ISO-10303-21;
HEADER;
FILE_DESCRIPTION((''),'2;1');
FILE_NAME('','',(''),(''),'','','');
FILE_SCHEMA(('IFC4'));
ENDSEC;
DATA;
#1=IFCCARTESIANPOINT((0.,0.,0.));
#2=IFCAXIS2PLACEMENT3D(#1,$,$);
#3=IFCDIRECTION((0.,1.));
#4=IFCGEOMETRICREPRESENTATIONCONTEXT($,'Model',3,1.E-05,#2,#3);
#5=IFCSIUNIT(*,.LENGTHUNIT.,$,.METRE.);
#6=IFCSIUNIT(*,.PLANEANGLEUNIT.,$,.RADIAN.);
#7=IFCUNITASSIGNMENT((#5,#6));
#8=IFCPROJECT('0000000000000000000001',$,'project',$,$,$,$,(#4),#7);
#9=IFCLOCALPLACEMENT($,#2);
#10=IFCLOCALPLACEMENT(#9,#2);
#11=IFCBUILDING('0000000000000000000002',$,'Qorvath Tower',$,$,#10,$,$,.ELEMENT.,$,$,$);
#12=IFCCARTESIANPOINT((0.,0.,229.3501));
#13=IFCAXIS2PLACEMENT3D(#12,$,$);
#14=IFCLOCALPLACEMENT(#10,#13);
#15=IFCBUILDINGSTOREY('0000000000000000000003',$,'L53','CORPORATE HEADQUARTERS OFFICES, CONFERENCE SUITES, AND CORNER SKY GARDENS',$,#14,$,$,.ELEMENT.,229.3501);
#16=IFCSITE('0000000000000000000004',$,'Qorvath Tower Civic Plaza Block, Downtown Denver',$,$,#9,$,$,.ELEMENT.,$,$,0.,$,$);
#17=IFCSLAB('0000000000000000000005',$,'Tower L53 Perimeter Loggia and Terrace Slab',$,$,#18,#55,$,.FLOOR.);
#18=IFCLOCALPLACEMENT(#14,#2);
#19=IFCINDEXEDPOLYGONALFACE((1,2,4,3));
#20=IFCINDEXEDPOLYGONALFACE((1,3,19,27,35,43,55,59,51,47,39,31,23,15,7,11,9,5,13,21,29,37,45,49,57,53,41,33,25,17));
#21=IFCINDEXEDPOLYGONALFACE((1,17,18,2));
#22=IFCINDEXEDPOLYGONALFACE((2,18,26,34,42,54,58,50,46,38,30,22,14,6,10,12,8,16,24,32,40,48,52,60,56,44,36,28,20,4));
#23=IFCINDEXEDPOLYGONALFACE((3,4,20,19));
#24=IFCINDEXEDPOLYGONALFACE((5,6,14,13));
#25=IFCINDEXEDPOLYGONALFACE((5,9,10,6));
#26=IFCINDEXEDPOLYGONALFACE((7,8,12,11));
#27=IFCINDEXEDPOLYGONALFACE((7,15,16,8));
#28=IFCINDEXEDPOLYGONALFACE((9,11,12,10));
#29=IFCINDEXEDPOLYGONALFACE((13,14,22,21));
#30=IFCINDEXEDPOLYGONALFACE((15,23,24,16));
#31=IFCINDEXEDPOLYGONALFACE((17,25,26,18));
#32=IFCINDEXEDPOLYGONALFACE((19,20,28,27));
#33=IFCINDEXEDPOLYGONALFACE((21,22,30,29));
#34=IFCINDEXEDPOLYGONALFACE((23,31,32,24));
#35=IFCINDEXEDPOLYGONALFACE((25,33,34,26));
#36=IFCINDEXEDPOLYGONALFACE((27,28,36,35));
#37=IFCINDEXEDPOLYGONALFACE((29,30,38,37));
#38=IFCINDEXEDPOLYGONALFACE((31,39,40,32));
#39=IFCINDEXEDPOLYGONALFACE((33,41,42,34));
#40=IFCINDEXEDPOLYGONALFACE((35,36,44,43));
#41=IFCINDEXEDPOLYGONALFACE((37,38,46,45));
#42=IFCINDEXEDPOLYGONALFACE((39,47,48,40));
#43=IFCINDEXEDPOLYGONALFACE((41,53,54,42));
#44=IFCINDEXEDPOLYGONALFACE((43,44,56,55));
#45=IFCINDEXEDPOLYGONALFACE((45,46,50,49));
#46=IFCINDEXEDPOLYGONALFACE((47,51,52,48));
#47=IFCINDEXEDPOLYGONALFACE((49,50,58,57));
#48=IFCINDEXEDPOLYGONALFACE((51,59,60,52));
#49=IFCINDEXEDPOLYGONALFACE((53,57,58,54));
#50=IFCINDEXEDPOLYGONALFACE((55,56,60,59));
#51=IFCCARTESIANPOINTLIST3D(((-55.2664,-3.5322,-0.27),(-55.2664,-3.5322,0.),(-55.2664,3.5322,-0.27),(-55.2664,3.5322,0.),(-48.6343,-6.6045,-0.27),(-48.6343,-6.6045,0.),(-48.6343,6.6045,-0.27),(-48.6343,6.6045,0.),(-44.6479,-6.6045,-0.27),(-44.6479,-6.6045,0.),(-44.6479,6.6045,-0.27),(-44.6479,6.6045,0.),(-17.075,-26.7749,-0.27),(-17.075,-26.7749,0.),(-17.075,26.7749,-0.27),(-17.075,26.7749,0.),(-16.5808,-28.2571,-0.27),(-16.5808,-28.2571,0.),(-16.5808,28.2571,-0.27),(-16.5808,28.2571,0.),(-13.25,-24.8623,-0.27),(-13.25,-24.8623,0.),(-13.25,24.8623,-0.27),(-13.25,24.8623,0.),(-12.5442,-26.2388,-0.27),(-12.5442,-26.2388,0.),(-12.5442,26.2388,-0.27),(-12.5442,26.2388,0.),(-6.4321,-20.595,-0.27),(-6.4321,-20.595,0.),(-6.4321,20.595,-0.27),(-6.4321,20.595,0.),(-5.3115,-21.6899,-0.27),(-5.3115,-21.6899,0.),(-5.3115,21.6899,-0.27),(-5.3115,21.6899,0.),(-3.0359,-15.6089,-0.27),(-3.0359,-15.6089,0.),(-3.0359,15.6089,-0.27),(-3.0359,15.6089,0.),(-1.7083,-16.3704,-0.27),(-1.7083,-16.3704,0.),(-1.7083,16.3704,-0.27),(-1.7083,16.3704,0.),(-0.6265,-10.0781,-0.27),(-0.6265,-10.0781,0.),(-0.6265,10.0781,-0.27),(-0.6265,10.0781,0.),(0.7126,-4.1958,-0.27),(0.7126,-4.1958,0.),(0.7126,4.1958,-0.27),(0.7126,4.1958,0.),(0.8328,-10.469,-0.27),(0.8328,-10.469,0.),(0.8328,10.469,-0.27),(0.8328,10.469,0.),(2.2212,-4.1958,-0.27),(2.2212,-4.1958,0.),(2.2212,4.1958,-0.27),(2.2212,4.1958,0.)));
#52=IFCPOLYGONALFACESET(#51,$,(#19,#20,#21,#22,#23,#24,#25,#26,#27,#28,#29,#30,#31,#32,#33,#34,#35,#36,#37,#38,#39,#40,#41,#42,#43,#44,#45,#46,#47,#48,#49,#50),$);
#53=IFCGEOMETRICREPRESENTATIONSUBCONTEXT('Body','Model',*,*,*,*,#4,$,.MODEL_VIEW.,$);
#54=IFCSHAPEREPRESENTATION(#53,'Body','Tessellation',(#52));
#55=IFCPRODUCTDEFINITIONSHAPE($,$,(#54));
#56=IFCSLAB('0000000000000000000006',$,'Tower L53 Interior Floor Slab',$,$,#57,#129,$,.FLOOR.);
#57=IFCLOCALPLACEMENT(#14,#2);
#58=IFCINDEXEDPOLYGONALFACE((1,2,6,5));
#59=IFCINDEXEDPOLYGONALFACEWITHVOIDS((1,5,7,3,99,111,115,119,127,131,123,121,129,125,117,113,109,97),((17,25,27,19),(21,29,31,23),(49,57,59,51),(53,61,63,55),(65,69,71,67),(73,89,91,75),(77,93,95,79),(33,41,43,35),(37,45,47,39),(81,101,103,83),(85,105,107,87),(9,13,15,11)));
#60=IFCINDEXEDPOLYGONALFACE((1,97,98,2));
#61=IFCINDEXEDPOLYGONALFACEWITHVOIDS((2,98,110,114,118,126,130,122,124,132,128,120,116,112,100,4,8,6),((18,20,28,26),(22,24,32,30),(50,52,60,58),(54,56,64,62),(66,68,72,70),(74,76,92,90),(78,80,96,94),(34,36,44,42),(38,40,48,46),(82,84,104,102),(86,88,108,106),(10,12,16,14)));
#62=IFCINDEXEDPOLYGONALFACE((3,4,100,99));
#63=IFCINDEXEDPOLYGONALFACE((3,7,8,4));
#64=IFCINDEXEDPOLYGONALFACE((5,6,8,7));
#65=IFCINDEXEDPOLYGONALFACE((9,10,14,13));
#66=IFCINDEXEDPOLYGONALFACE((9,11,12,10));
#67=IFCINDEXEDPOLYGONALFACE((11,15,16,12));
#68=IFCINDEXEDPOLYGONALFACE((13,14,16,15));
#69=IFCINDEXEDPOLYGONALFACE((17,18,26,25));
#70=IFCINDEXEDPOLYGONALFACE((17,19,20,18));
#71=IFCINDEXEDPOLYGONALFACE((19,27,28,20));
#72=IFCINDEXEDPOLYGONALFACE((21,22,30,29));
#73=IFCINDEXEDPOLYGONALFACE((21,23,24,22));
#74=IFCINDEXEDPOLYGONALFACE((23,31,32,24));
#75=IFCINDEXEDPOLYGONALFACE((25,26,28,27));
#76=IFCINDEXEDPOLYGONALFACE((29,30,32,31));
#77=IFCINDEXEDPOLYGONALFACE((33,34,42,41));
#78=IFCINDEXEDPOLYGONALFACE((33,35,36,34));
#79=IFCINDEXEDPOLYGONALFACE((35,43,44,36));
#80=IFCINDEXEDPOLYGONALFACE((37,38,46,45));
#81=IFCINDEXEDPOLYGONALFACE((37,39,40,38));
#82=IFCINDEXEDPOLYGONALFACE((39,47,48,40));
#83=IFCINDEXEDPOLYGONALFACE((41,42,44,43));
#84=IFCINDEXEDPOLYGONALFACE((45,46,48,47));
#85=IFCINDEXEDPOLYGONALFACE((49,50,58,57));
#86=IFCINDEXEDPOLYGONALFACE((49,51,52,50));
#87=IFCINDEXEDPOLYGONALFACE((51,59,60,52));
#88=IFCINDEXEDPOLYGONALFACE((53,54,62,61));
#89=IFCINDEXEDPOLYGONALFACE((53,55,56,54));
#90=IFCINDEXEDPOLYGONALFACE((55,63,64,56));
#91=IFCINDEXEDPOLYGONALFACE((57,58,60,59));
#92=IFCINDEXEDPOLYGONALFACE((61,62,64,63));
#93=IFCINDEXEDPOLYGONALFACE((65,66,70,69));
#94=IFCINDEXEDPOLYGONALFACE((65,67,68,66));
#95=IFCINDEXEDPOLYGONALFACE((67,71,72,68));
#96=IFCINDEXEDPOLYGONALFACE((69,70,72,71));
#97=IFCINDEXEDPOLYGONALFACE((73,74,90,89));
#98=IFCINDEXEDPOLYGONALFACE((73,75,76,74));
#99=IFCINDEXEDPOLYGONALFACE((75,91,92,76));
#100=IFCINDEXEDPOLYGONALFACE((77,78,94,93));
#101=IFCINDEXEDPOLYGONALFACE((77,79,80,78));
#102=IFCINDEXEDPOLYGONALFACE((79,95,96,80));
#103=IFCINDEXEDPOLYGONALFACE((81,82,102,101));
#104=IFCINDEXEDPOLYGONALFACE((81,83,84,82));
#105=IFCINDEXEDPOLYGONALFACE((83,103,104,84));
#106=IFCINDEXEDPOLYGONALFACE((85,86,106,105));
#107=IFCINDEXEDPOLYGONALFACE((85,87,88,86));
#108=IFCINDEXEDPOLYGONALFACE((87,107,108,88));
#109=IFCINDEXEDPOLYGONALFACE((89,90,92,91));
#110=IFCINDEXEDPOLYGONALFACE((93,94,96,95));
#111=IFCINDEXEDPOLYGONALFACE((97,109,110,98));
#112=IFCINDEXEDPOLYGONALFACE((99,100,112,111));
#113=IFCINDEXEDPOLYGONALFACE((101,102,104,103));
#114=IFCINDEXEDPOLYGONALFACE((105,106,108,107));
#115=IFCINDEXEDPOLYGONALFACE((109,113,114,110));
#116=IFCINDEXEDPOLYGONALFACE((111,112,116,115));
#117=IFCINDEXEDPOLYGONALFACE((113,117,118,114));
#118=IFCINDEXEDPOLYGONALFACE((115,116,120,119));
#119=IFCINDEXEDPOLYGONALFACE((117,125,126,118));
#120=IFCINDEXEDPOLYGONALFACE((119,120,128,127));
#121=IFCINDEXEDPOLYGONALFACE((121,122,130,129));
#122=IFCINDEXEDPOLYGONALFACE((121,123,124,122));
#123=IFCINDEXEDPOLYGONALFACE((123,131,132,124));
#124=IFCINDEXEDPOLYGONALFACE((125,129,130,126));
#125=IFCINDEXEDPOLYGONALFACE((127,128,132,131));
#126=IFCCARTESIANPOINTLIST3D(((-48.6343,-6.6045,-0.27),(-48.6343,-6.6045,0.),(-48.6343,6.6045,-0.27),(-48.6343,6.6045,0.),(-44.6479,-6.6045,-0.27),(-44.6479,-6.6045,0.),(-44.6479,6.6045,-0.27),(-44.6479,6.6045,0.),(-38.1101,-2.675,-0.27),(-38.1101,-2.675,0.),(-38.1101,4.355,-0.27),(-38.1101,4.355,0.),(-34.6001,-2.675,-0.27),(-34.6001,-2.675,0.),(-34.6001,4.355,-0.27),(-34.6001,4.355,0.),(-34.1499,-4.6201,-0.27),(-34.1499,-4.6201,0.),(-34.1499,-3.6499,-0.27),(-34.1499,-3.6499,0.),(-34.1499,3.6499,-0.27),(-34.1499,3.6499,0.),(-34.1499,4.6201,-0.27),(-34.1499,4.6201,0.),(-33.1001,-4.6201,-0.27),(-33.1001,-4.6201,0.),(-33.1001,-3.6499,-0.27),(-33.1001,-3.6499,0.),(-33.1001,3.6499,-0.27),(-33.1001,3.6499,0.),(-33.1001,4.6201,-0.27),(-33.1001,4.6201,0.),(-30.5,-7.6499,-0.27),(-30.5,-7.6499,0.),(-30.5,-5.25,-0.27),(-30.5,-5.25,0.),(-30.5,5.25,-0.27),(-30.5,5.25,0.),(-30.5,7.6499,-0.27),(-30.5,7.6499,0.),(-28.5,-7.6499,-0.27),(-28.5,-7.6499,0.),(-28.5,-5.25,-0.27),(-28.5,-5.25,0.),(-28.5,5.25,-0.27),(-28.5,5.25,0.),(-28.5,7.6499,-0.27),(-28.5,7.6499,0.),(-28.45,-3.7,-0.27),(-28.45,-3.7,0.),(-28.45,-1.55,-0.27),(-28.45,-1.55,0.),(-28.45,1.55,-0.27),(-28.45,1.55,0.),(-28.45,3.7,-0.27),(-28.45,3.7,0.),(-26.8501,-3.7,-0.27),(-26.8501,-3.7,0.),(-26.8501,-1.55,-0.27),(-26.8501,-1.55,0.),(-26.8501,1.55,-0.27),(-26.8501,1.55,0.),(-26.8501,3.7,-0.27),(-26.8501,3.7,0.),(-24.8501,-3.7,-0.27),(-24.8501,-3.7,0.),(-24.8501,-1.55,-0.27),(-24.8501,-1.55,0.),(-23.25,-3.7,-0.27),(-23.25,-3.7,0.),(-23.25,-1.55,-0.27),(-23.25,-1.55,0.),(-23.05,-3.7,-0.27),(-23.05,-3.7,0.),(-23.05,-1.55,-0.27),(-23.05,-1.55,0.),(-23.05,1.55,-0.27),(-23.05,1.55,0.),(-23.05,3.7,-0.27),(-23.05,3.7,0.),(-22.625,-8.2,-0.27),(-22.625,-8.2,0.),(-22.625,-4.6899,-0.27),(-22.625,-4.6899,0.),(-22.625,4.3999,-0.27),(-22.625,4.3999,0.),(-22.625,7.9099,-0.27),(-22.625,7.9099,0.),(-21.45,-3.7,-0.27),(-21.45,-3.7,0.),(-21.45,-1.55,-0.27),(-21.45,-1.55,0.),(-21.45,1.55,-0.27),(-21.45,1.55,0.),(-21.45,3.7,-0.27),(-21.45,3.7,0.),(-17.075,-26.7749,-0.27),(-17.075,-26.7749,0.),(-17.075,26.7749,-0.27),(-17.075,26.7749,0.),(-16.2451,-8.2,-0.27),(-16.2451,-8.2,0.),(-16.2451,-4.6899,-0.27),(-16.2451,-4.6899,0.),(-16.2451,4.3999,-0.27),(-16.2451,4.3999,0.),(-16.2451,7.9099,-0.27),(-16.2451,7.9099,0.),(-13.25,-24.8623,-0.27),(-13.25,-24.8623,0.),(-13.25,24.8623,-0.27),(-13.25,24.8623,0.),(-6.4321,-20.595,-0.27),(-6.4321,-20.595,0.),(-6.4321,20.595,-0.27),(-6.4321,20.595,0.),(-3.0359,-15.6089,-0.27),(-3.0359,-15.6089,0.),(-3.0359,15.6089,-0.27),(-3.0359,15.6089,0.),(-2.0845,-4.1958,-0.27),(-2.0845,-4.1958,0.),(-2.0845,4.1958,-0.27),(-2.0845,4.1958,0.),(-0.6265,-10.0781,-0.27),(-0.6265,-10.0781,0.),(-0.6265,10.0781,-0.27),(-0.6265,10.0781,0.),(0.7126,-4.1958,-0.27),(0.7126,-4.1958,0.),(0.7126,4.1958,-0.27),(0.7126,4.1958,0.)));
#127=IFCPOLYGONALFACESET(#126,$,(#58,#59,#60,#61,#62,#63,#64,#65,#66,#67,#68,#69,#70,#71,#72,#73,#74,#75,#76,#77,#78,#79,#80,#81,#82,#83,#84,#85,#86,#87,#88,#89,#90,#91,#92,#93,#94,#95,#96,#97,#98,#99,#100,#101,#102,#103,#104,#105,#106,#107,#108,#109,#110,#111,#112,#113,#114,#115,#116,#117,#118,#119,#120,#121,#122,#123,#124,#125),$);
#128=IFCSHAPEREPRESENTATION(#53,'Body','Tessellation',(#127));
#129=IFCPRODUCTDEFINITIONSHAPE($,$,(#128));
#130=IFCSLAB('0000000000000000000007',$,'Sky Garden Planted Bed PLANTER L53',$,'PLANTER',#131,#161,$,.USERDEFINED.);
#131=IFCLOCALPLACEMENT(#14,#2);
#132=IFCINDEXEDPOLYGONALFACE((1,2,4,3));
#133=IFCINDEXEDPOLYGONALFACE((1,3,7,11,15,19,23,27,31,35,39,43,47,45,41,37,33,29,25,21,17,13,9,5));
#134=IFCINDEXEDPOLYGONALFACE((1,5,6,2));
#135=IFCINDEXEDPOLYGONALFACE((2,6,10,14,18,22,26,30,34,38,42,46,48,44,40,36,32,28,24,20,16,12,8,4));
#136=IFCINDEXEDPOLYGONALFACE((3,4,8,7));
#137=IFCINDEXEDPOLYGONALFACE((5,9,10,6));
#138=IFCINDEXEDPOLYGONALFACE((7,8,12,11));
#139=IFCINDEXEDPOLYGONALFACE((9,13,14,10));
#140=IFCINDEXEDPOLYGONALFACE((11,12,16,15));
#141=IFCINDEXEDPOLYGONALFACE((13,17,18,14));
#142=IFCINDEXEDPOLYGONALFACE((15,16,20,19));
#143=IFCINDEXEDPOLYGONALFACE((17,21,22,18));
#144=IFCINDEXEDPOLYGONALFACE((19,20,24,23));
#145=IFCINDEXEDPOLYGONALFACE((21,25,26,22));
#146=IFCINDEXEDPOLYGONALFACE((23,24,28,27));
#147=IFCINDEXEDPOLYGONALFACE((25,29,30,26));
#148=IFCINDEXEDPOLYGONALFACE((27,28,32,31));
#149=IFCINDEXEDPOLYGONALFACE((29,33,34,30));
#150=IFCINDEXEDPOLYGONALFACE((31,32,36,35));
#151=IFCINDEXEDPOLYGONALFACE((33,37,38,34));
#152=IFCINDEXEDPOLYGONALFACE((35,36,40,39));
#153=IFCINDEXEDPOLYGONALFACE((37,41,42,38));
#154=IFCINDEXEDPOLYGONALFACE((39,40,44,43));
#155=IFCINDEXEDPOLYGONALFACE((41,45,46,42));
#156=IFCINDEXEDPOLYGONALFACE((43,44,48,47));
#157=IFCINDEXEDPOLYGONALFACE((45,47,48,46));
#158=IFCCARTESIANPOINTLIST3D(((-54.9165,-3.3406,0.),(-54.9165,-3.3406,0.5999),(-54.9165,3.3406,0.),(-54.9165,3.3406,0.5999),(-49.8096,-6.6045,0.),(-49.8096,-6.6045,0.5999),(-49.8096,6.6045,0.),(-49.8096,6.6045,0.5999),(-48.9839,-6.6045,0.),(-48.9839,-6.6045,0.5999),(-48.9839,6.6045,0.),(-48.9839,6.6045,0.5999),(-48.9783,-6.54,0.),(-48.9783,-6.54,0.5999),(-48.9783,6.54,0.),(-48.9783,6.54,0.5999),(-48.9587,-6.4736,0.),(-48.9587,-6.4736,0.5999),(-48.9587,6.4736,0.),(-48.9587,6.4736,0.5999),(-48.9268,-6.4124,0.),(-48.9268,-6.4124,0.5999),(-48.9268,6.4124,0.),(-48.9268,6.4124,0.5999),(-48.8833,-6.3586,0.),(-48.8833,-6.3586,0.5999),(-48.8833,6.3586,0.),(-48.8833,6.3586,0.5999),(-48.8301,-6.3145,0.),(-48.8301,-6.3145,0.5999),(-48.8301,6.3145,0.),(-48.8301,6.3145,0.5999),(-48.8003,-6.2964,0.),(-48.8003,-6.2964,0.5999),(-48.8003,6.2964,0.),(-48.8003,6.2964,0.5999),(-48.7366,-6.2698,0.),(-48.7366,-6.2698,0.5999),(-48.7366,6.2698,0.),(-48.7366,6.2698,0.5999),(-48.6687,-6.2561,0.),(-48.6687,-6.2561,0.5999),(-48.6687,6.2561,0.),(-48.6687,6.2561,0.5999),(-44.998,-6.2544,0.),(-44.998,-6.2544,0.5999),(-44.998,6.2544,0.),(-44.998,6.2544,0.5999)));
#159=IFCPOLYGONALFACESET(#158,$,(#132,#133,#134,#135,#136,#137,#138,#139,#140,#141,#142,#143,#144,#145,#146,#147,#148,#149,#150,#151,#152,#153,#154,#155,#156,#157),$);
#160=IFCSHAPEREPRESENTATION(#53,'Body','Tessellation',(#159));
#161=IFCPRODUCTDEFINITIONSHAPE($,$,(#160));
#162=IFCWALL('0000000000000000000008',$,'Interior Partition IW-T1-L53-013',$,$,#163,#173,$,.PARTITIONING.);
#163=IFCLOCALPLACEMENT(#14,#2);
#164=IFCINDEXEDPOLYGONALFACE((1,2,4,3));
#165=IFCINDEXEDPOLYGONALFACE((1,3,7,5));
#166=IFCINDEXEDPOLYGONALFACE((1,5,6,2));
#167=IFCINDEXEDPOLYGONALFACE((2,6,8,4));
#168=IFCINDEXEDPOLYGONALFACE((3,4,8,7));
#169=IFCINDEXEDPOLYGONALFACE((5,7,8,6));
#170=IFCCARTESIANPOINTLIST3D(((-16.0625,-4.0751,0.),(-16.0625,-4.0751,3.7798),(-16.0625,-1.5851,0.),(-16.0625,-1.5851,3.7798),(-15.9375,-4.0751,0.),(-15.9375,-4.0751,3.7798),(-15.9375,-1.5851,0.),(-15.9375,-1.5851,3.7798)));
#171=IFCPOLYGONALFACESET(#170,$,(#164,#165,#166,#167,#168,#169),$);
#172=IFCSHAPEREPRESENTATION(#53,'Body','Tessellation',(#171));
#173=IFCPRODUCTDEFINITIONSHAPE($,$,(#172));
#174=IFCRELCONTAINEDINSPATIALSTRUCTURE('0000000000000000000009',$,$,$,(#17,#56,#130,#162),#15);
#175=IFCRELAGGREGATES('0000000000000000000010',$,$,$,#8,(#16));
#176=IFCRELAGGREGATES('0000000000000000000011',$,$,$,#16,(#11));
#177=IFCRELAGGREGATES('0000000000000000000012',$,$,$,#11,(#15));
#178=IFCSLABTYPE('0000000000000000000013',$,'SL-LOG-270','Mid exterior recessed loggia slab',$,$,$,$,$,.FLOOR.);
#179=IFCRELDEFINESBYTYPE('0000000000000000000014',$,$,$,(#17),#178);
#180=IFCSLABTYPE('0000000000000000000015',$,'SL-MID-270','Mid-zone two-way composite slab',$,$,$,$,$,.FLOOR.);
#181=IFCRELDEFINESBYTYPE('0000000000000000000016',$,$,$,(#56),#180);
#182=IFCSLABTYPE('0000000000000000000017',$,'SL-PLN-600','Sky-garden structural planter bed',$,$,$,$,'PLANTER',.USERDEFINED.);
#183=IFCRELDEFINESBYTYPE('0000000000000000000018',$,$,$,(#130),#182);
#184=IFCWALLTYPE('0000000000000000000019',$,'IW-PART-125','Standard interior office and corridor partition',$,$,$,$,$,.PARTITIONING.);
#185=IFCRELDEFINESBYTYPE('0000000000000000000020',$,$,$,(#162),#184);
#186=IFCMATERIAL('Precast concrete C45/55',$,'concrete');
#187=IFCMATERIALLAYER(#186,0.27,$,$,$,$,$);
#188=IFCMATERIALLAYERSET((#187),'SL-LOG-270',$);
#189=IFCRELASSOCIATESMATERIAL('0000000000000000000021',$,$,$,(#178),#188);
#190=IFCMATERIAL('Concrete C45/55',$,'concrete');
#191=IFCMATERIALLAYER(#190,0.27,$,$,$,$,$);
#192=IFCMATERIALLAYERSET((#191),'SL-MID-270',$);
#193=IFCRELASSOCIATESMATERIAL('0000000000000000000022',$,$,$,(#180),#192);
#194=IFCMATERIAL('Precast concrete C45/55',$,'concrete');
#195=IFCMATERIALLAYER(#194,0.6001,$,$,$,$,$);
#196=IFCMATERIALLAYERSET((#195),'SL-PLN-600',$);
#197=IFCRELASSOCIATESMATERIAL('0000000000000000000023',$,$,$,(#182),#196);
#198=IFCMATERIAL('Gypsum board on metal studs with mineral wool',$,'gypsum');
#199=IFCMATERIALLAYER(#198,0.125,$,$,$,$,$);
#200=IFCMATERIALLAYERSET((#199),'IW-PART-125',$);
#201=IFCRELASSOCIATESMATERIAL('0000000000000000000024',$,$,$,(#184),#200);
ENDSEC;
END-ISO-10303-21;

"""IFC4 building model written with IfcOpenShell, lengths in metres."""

from ifc_helpers import new_model, si_unit, direction, frame, frame_2d, origin, place, context, subcontext, project, spatial, polyline, rectangle, outline, extrude, material, layer, layer_set, type_object, element, save


model = new_model("IFC4")

# Units and contexts
model_context = context("Model", 3, precision=1e-05, world=origin(), true_north=direction((0.0, 1.0)))
body_context = subcontext(model_context, "Body", "Model", "MODEL_VIEW")
ifc_project = project(units=[si_unit("LENGTHUNIT", "METRE"), si_unit("PLANEANGLEUNIT", "RADIAN")], contexts=[model_context])

# Site, building, storey
site_placement = place(None, origin())
site = spatial("IfcSite", under=ifc_project, at=site_placement, Name="Qorvath Tower Civic Plaza Block, Downtown Denver", CompositionType="ELEMENT", RefElevation=0.0)
building_placement = place(site_placement, origin())
building = spatial("IfcBuilding", under=site, at=building_placement, Name="Qorvath Tower", CompositionType="ELEMENT")
storey_placement = place(building_placement, frame((0.0, 0.0, 229.3501)))
storey = spatial("IfcBuildingStorey", under=building, at=storey_placement, Name="L53", Description="CORPORATE HEADQUARTERS OFFICES, CONFERENCE SUITES, AND CORNER SKY GARDENS", CompositionType="ELEMENT", Elevation=229.3501)

# Slabs
ifc_material_1 = material(Name="Precast concrete C45/55", Category="concrete")
ifc_layer_1 = layer(ifc_material_1, 0.27)
ifc_layer_set_1 = layer_set([ifc_layer_1], Name="SL-LOG-270")
slab_type_1 = type_object("IfcSlabType", Name="SL-LOG-270", Description="Mid exterior recessed loggia slab", PredefinedType="FLOOR", material=ifc_layer_set_1)
slab_1_placement = place(storey_placement, frame((0.0, 0.0, -0.27)))
element("IfcSlab", 1, at=slab_1_placement, inside=storey, type_object=slab_type_1, Name="Tower L53 Perimeter Loggia and Terrace Slab", PredefinedType="FLOOR", context=body_context, shape_type="SweptSolid", body=[
    extrude(outline(polyline([(0.7126, -4.1958), (-0.6265, -10.0781), (-3.0359, -15.6089), (-6.4321, -20.595), (-13.25, -24.8623), (-17.075, -26.7749), (-48.6343, -6.6045), (-44.6479, -6.6045), (-44.6479, 6.6045), (-48.6343, 6.6045), (-17.075, 26.7749), (-13.25, 24.8623), (-6.4321, 20.595), (-3.0359, 15.6089), (-0.6265, 10.0781), (0.7126, 4.1958), (2.2212, 4.1958), (0.8328, 10.469), (-1.7083, 16.3704), (-5.3115, 21.6899), (-12.5442, 26.2388), (-16.5808, 28.2571), (-55.2664, 3.5322), (-55.2664, -3.5322), (-16.5808, -28.2571), (-12.5442, -26.2388), (-5.3115, -21.6899), (-1.7083, -16.3704), (0.8328, -10.469), (2.2212, -4.1958), (0.7126, -4.1958)])), origin(), (0.0, 0.0, 1.0), 0.27),
])
ifc_material_2 = material(Name="Concrete C45/55", Category="concrete")
ifc_layer_2 = layer(ifc_material_2, 0.27)
ifc_layer_set_2 = layer_set([ifc_layer_2], Name="SL-MID-270")
slab_type_2 = type_object("IfcSlabType", Name="SL-MID-270", Description="Mid-zone two-way composite slab", PredefinedType="FLOOR", material=ifc_layer_set_2)
slab_2_placement = place(storey_placement, frame((0.0, 0.0, -0.27)))
element("IfcSlab", 2, at=slab_2_placement, inside=storey, type_object=slab_type_2, Name="Tower L53 Interior Floor Slab", PredefinedType="FLOOR", context=body_context, shape_type="SweptSolid", body=[
    extrude(outline(polyline([(-17.075, 26.7749), (-48.6343, 6.6045), (-44.6479, 6.6045), (-44.6479, -6.6045), (-48.6343, -6.6045), (-17.075, -26.7749), (-13.25, -24.8623), (-6.4321, -20.595), (-3.0359, -15.6089), (-0.6265, -10.0781), (0.7126, -4.1958), (-2.0845, -4.1958), (-2.0845, 4.1958), (0.7126, 4.1958), (-0.6265, 10.0781), (-3.0359, 15.6089), (-6.4321, 20.595), (-13.25, 24.8623), (-17.075, 26.7749)]), holes=[polyline([(-16.2451, -8.2), (-22.625, -8.2), (-22.625, -4.6899), (-16.2451, -4.6899), (-16.2451, -8.2)]), polyline([(-22.625, 4.3999), (-22.625, 7.9099), (-16.2451, 7.9099), (-16.2451, 4.3999), (-22.625, 4.3999)]), polyline([(-21.45, -3.7), (-23.05, -3.7), (-23.05, -1.55), (-21.45, -1.55), (-21.45, -3.7)]), polyline([(-23.05, 1.55), (-23.05, 3.7), (-21.45, 3.7), (-21.45, 1.55), (-23.05, 1.55)]), polyline([(-24.8501, -3.7), (-24.8501, -1.55), (-23.25, -1.55), (-23.25, -3.7), (-24.8501, -3.7)]), polyline([(-28.45, -3.7), (-28.45, -1.55), (-26.8501, -1.55), (-26.8501, -3.7), (-28.45, -3.7)]), polyline([(-26.8501, 1.55), (-28.45, 1.55), (-28.45, 3.7), (-26.8501, 3.7), (-26.8501, 1.55)]), polyline([(-28.5, -7.6499), (-30.5, -7.6499), (-30.5, -5.25), (-28.5, -5.25), (-28.5, -7.6499)]), polyline([(-30.5, 5.25), (-30.5, 7.6499), (-28.5, 7.6499), (-28.5, 5.25), (-30.5, 5.25)]), polyline([(-34.1499, -4.6201), (-34.1499, -3.6499), (-33.1001, -3.6499), (-33.1001, -4.6201), (-34.1499, -4.6201)]), polyline([(-34.1499, 3.6499), (-34.1499, 4.6201), (-33.1001, 4.6201), (-33.1001, 3.6499), (-34.1499, 3.6499)]), polyline([(-34.6001, -2.675), (-38.1101, -2.675), (-38.1101, 4.355), (-34.6001, 4.355), (-34.6001, -2.675)])]), origin(), (0.0, 0.0, 1.0), 0.27),
])
ifc_material_3 = material(Name="Precast concrete C45/55", Category="concrete")
ifc_layer_3 = layer(ifc_material_3, 0.6001)
ifc_layer_set_3 = layer_set([ifc_layer_3], Name="SL-PLN-600")
slab_type_3 = type_object("IfcSlabType", Name="SL-PLN-600", Description="Sky-garden structural planter bed", ElementType="PLANTER", PredefinedType="USERDEFINED", material=ifc_layer_set_3)
slab_3_placement = place(storey_placement, origin())
element("IfcSlab", 3, at=slab_3_placement, inside=storey, type_object=slab_type_3, Name="Sky Garden Planted Bed PLANTER L53", ObjectType="PLANTER", PredefinedType="USERDEFINED", context=body_context, shape_type="SweptSolid", body=[
    extrude(outline(polyline([(-49.8096, 6.6045), (-54.9165, 3.3406), (-54.9165, -3.3406), (-49.8096, -6.6045), (-48.9839, -6.6045), (-48.9783, -6.54), (-48.9587, -6.4736), (-48.9268, -6.4124), (-48.8833, -6.3586), (-48.8301, -6.3145), (-48.8003, -6.2964), (-48.7366, -6.2698), (-48.6687, -6.2561), (-44.998, -6.2544), (-44.998, 6.2544), (-48.6687, 6.2561), (-48.7366, 6.2698), (-48.8003, 6.2964), (-48.8301, 6.3145), (-48.8833, 6.3586), (-48.9268, 6.4124), (-48.9587, 6.4736), (-48.9783, 6.54), (-48.9839, 6.6045), (-49.8096, 6.6045)])), origin(), (0.0, 0.0, 1.0), 0.5999),
])

# Wall
ifc_material_4 = material(Name="Gypsum board on metal studs with mineral wool", Category="gypsum")
ifc_layer_4 = layer(ifc_material_4, 0.125)
ifc_layer_set_4 = layer_set([ifc_layer_4], Name="IW-PART-125")
wall_type_1 = type_object("IfcWallType", Name="IW-PART-125", Description="Standard interior office and corridor partition", PredefinedType="PARTITIONING", material=ifc_layer_set_4)
wall_1_placement = place(storey_placement, frame((-16.0, -4.0752, 0.0), z_axis=(0.0, 0.0, 1.0), x_axis=(0.0, 1.0, 0.0)))
element("IfcWall", 4, at=wall_1_placement, inside=storey, type_object=wall_type_1, Name="Interior Partition IW-T1-L53-013", PredefinedType="PARTITIONING", context=body_context, shape_type="SweptSolid", body=[
    extrude(rectangle(XDim=2.49, YDim=0.125, at=frame_2d((1.2451, 0.0))), origin(), (0.0, 0.0, 1.0), 3.7798),
])

save(model, "model.ifc")
